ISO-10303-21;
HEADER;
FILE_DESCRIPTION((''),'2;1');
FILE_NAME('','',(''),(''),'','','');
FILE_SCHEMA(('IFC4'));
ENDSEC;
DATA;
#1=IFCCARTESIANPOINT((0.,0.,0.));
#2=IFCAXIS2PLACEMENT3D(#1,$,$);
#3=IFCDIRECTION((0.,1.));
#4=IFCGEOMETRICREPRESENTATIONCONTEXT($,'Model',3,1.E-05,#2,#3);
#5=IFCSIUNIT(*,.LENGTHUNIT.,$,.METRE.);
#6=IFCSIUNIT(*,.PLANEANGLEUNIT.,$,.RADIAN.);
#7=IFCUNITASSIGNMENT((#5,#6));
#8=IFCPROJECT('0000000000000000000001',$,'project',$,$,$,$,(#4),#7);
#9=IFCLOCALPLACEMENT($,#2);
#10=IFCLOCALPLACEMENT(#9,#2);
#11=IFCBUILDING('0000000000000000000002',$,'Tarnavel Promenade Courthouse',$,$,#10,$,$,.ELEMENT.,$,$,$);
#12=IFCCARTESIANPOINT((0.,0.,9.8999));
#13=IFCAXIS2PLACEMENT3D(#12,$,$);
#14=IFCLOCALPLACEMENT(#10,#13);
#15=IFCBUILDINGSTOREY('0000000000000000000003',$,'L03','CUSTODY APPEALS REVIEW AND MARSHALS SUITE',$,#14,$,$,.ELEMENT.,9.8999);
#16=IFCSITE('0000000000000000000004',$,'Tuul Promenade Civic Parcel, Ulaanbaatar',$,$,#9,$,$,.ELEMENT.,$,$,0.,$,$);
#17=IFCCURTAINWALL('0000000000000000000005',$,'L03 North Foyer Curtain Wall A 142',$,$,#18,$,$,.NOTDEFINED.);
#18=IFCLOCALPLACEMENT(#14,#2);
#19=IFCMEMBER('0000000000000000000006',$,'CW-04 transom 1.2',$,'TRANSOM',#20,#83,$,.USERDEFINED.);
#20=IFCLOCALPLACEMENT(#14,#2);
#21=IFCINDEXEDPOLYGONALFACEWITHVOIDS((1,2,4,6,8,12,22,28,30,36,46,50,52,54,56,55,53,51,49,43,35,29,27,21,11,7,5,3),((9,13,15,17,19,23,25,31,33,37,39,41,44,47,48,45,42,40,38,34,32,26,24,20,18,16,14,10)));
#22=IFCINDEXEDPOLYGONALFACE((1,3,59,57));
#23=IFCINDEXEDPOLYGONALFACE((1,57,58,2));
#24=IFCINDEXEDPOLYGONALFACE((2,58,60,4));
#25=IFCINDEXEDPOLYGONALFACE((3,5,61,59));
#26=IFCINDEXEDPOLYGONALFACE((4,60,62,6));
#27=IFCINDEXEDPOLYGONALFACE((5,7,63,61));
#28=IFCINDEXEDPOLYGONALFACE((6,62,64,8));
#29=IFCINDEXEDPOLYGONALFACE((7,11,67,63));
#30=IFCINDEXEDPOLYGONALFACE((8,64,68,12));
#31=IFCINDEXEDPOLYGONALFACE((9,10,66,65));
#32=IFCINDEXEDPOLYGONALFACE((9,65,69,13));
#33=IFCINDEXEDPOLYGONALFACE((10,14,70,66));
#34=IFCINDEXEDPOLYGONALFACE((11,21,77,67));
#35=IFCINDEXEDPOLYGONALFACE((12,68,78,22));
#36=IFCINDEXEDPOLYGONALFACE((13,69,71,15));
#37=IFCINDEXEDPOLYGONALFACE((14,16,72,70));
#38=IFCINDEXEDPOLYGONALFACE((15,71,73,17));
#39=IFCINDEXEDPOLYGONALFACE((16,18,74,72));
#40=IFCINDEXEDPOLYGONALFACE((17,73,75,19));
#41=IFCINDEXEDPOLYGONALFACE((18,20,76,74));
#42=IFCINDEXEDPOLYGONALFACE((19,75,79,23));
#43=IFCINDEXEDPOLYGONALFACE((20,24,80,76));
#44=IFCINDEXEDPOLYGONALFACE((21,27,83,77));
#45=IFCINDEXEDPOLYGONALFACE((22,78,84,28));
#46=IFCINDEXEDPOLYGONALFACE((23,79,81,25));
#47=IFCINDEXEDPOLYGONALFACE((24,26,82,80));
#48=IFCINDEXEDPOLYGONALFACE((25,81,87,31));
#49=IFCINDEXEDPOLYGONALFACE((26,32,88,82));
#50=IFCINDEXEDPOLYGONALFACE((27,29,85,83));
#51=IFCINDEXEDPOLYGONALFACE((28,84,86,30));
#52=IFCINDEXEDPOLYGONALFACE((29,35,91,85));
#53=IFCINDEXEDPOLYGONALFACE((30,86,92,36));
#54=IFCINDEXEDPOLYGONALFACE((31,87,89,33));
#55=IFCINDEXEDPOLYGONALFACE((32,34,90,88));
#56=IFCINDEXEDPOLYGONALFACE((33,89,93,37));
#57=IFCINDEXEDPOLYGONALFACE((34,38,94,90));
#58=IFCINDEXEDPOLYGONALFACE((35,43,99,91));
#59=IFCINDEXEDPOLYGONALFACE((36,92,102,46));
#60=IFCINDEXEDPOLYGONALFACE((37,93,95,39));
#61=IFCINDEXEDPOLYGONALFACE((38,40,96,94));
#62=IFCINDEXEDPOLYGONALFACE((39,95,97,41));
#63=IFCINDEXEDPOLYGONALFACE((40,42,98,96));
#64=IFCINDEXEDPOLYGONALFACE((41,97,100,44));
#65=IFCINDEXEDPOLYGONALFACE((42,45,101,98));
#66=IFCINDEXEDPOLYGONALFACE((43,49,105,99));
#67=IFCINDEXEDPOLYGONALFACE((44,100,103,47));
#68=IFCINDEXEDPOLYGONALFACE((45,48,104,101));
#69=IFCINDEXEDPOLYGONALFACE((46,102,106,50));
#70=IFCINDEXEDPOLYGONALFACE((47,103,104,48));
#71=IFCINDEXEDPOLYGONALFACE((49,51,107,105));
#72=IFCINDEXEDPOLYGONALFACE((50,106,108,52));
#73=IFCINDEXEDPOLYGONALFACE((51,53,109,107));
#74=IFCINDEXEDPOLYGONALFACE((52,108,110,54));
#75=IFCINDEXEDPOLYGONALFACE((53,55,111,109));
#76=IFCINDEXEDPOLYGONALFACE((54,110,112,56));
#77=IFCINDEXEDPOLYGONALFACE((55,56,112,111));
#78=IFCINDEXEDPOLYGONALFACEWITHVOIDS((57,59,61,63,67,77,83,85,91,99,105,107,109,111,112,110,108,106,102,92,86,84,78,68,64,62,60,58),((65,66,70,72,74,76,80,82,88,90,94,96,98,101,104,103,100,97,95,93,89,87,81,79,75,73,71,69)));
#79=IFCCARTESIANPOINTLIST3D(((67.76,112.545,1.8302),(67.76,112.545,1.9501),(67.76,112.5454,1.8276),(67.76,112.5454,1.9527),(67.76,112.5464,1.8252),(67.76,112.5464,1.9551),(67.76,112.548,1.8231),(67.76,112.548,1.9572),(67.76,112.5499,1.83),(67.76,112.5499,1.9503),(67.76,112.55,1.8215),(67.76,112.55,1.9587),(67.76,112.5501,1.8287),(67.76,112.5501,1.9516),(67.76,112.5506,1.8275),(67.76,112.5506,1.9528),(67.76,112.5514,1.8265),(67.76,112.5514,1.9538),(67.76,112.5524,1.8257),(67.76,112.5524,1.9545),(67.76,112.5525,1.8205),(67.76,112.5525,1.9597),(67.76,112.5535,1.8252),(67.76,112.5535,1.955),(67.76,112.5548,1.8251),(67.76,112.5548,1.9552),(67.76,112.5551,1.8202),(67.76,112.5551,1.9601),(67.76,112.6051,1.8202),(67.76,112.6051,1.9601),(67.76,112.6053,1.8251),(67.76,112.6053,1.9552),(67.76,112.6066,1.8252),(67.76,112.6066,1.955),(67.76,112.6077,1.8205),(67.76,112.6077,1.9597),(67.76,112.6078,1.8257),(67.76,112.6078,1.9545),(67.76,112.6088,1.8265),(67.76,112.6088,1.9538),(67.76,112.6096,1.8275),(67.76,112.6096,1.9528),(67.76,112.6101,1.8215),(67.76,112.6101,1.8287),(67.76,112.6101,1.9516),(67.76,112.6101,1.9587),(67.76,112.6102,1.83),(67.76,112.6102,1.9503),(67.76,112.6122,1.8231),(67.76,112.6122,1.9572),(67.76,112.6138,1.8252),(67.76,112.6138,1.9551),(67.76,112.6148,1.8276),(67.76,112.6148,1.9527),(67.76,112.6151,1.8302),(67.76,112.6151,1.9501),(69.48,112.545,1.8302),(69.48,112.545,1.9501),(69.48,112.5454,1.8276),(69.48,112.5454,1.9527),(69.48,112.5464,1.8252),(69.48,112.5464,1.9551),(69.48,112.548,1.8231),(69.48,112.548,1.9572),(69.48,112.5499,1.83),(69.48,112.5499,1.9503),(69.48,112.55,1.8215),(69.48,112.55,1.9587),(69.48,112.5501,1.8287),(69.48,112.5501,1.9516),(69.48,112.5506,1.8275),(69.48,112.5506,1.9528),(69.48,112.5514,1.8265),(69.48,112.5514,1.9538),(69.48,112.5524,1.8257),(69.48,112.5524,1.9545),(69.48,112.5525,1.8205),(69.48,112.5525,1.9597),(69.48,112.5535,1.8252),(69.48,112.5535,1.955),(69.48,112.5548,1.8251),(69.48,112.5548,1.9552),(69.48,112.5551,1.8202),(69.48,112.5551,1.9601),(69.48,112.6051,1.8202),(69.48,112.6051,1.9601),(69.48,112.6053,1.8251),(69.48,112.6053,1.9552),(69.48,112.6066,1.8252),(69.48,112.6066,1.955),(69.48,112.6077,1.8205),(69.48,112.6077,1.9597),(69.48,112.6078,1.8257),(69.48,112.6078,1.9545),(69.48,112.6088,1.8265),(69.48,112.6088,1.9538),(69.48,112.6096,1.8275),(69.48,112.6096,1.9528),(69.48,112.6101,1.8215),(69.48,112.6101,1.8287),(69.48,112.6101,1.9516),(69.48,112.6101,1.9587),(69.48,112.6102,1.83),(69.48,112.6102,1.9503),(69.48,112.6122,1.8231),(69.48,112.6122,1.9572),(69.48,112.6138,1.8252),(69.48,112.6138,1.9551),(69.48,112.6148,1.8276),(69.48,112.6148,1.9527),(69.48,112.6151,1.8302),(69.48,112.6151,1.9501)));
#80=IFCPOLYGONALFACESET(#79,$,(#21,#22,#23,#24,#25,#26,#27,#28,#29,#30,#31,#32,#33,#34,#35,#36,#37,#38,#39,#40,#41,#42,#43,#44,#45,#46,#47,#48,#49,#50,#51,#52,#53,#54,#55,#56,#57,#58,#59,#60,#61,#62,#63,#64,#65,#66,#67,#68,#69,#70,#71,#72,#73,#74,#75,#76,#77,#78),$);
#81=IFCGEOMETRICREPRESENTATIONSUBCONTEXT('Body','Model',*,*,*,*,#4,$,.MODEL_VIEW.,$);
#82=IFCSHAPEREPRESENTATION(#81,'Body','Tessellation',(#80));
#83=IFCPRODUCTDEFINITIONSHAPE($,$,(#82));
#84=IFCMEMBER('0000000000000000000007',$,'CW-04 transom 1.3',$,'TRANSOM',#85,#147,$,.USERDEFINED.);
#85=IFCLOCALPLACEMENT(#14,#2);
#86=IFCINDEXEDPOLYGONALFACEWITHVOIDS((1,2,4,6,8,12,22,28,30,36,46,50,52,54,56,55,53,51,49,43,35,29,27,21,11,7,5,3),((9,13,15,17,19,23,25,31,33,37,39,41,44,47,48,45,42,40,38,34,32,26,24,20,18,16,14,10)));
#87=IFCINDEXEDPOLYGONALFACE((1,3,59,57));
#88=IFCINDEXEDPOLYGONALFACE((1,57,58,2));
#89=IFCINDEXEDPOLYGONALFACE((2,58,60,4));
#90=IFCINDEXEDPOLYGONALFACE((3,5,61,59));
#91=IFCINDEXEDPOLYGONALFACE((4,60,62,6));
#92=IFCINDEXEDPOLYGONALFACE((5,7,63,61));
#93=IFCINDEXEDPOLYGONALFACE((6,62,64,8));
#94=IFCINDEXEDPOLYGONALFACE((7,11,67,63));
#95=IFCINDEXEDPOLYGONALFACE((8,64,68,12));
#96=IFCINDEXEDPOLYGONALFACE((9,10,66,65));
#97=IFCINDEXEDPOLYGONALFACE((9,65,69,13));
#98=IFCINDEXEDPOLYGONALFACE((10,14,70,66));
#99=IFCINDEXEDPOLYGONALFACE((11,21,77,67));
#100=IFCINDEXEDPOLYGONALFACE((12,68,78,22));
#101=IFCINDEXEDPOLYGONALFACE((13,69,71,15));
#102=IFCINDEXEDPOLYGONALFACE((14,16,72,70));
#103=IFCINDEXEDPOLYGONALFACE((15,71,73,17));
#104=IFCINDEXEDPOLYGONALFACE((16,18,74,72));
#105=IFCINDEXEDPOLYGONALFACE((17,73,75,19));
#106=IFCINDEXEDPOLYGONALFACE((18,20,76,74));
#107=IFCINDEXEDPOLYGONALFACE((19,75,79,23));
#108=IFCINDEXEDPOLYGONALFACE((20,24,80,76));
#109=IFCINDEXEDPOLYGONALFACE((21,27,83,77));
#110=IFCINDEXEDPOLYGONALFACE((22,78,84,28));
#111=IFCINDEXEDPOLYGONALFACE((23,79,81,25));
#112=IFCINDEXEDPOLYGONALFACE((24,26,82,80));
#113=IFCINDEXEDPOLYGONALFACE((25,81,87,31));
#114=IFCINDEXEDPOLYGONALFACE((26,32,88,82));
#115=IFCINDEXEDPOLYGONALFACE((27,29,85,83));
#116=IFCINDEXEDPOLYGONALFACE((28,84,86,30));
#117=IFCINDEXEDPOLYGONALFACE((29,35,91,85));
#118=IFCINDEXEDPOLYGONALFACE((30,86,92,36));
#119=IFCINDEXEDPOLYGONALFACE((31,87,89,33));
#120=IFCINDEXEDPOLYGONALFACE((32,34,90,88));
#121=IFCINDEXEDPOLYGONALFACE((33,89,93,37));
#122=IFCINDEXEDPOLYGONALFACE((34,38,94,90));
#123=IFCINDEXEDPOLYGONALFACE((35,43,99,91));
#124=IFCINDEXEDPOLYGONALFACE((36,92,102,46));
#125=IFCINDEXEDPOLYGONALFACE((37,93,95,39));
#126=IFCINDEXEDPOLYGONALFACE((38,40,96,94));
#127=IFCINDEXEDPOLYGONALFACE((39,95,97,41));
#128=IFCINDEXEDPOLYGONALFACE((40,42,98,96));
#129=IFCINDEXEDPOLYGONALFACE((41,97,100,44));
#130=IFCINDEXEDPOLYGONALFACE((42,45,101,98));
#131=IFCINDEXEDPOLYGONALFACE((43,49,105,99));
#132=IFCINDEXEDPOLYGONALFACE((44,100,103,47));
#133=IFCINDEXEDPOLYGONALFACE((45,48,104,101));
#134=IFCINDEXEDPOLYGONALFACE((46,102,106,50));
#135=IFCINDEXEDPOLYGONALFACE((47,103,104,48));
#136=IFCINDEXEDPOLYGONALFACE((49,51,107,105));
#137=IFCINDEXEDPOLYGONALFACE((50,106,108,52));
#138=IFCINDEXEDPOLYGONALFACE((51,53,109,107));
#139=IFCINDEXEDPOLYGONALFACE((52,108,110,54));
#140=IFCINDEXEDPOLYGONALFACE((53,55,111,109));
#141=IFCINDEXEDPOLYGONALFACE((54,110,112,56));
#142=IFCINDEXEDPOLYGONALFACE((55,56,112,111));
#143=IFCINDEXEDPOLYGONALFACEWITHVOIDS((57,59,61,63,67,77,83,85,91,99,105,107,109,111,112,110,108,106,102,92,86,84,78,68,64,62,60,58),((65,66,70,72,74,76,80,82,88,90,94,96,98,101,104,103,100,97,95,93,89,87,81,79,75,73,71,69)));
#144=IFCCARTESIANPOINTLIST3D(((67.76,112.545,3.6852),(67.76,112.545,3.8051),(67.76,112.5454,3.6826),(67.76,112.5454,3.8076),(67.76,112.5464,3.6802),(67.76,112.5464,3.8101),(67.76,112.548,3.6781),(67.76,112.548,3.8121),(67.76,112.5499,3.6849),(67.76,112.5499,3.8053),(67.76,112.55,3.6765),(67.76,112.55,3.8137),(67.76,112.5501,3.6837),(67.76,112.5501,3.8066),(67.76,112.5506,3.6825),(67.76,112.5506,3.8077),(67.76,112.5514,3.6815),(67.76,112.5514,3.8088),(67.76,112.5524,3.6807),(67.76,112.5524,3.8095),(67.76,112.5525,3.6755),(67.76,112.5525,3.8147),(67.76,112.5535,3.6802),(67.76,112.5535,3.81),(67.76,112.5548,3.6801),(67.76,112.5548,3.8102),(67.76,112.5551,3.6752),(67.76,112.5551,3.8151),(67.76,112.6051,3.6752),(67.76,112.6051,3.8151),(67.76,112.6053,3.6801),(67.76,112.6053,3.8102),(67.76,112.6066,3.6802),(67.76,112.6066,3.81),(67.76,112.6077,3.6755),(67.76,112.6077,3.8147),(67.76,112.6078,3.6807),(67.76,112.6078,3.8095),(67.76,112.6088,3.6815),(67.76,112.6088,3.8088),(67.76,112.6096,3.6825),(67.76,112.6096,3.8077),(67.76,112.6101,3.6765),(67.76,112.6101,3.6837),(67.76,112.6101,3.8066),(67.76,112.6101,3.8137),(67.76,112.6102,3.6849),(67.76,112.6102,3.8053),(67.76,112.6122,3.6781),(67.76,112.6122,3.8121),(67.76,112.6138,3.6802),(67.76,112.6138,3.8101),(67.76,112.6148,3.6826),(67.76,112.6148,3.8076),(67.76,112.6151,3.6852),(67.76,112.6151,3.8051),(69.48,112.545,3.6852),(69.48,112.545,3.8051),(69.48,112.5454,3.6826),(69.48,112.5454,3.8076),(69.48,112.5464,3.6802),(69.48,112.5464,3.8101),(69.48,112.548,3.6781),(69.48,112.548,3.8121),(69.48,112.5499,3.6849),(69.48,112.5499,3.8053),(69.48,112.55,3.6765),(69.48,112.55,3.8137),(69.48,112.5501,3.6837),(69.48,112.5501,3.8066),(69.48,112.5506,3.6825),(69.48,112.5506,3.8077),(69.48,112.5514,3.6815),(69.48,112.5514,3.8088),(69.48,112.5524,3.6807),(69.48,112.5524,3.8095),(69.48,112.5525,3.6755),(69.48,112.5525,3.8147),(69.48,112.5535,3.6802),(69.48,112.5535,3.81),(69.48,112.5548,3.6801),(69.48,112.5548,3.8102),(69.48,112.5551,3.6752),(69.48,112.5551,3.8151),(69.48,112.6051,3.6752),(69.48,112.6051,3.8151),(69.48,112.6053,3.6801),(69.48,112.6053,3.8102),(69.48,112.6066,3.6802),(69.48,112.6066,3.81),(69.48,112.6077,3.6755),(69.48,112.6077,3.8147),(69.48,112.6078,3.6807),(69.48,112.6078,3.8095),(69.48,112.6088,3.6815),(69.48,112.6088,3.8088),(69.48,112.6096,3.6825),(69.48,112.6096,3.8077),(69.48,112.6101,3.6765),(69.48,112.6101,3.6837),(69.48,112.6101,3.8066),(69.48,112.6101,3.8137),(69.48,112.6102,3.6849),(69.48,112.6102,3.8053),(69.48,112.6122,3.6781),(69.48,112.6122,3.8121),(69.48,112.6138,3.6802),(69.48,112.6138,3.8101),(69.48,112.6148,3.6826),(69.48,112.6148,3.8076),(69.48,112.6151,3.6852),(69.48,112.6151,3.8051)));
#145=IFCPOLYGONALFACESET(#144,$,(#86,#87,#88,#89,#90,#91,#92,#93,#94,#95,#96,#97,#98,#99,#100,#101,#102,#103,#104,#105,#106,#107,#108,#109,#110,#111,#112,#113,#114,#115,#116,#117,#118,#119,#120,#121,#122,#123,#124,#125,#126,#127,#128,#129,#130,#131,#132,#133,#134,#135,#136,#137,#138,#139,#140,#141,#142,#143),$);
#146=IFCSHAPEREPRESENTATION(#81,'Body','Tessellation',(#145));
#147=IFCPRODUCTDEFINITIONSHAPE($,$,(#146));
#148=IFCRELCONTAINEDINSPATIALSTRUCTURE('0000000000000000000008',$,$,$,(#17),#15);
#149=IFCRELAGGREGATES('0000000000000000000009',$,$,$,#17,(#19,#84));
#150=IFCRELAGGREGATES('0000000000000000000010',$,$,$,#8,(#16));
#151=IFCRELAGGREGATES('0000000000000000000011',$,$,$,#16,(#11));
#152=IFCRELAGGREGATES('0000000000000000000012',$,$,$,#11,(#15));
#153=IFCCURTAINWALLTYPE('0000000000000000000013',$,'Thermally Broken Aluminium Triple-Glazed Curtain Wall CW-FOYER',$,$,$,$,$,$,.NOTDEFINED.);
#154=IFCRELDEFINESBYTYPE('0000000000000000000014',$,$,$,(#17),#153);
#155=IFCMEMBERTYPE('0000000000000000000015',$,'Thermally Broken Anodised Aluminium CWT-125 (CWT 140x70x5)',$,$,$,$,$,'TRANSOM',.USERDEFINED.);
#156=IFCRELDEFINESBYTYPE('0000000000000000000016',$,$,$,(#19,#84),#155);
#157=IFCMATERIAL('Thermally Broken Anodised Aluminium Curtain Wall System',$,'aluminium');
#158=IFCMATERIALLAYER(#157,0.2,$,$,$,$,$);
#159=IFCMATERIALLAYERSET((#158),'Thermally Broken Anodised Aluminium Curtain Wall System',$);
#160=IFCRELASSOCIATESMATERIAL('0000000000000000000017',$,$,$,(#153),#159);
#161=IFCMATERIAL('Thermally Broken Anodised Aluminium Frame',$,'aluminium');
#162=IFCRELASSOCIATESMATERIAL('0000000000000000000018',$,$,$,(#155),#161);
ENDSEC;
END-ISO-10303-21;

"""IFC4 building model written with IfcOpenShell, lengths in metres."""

from ifc_helpers import new_model, si_unit, direction, frame, origin, origin_2d, place, context, subcontext, project, spatial, hollow_rectangle, extrude, material, layer, layer_set, material_profile, profile_set, type_object, element, aggregate, save


model = new_model("IFC4")

# Units and contexts
model_context = context("Model", 3, precision=1e-05, world=origin(), true_north=direction((0.0, 1.0)))
body_context = subcontext(model_context, "Body", "Model", "MODEL_VIEW")
ifc_project = project(units=[si_unit("LENGTHUNIT", "METRE"), si_unit("PLANEANGLEUNIT", "RADIAN")], contexts=[model_context])

# Site, building, storey
site_placement = place(None, origin())
site = spatial("IfcSite", under=ifc_project, at=site_placement, Name="Tuul Promenade Civic Parcel, Ulaanbaatar", CompositionType="ELEMENT", RefElevation=0.0)
building_placement = place(site_placement, origin())
building = spatial("IfcBuilding", under=site, at=building_placement, Name="Tarnavel Promenade Courthouse", CompositionType="ELEMENT")
storey_placement = place(building_placement, frame((0.0, 0.0, 9.8999)))
storey = spatial("IfcBuildingStorey", under=building, at=storey_placement, Name="L03", Description="CUSTODY APPEALS REVIEW AND MARSHALS SUITE", CompositionType="ELEMENT", Elevation=9.8999)

# Curtain wall
ifc_material_1 = material(Name="Thermally Broken Anodised Aluminium Curtain Wall System", Category="aluminium")
ifc_layer_1 = layer(ifc_material_1, 0.2)
ifc_layer_set_1 = layer_set([ifc_layer_1], Name="Thermally Broken Anodised Aluminium Curtain Wall System")
curtain_wall_type = type_object("IfcCurtainWallType", Name="Thermally Broken Aluminium Triple-Glazed Curtain Wall CW-FOYER", PredefinedType="NOTDEFINED", material=ifc_layer_set_1)
curtain_wall_1_placement = place(storey_placement, origin())
curtain_wall_1 = element("IfcCurtainWall", 1, at=curtain_wall_1_placement, inside=storey, type_object=curtain_wall_type, Name="L03 North Foyer Curtain Wall A 142", PredefinedType="NOTDEFINED")
ifc_material_2 = material(Name="Thermally Broken Anodised Aluminium Frame", Category="aluminium")

# Members
ifc_material_profile_1 = material_profile(ifc_material_2, hollow_rectangle(XDim=0.0701, YDim=0.1399, WallThickness=0.0049, InnerFilletRadius=0.0049, OuterFilletRadius=0.01, at=origin_2d()), Name="CWT 140x70x5")
ifc_profile_set_1 = profile_set([ifc_material_profile_1], Name="Thermally Broken Anodised Aluminium Frame")
member_type_1 = type_object("IfcMemberType", Name="Thermally Broken Anodised Aluminium CWT-125 (CWT 140x70x5)", ElementType="TRANSOM", PredefinedType="USERDEFINED", material=ifc_profile_set_1)
member_1_placement = place(storey_placement, frame((67.76, 112.5801, 1.8901), z_axis=(1.0, 0.0, 0.0), x_axis=(0.0, 1.0, 0.0)))
member_1 = element("IfcMember", 2, at=member_1_placement, type_object=member_type_1, Name="CW-04 transom 1.2", ObjectType="TRANSOM", PredefinedType="USERDEFINED", context=body_context, shape_type="SweptSolid", body=[
    extrude(hollow_rectangle(XDim=0.0701, YDim=0.1399, WallThickness=0.0049, InnerFilletRadius=0.0049, OuterFilletRadius=0.01, at=origin_2d()), origin(), (0.0, 0.0, 1.0), 1.72),
])
member_2_placement = place(storey_placement, frame((67.76, 112.5801, 3.7451), z_axis=(1.0, 0.0, 0.0), x_axis=(0.0, 1.0, 0.0)))
member_2 = element("IfcMember", 3, at=member_2_placement, type_object=member_type_1, Name="CW-04 transom 1.3", ObjectType="TRANSOM", PredefinedType="USERDEFINED", context=body_context, shape_type="SweptSolid", body=[
    extrude(hollow_rectangle(XDim=0.0701, YDim=0.1399, WallThickness=0.0049, InnerFilletRadius=0.0049, OuterFilletRadius=0.01, at=origin_2d()), origin(), (0.0, 0.0, 1.0), 1.72),
])

aggregate(curtain_wall_1, [member_1, member_2])

save(model, "model.ifc")
